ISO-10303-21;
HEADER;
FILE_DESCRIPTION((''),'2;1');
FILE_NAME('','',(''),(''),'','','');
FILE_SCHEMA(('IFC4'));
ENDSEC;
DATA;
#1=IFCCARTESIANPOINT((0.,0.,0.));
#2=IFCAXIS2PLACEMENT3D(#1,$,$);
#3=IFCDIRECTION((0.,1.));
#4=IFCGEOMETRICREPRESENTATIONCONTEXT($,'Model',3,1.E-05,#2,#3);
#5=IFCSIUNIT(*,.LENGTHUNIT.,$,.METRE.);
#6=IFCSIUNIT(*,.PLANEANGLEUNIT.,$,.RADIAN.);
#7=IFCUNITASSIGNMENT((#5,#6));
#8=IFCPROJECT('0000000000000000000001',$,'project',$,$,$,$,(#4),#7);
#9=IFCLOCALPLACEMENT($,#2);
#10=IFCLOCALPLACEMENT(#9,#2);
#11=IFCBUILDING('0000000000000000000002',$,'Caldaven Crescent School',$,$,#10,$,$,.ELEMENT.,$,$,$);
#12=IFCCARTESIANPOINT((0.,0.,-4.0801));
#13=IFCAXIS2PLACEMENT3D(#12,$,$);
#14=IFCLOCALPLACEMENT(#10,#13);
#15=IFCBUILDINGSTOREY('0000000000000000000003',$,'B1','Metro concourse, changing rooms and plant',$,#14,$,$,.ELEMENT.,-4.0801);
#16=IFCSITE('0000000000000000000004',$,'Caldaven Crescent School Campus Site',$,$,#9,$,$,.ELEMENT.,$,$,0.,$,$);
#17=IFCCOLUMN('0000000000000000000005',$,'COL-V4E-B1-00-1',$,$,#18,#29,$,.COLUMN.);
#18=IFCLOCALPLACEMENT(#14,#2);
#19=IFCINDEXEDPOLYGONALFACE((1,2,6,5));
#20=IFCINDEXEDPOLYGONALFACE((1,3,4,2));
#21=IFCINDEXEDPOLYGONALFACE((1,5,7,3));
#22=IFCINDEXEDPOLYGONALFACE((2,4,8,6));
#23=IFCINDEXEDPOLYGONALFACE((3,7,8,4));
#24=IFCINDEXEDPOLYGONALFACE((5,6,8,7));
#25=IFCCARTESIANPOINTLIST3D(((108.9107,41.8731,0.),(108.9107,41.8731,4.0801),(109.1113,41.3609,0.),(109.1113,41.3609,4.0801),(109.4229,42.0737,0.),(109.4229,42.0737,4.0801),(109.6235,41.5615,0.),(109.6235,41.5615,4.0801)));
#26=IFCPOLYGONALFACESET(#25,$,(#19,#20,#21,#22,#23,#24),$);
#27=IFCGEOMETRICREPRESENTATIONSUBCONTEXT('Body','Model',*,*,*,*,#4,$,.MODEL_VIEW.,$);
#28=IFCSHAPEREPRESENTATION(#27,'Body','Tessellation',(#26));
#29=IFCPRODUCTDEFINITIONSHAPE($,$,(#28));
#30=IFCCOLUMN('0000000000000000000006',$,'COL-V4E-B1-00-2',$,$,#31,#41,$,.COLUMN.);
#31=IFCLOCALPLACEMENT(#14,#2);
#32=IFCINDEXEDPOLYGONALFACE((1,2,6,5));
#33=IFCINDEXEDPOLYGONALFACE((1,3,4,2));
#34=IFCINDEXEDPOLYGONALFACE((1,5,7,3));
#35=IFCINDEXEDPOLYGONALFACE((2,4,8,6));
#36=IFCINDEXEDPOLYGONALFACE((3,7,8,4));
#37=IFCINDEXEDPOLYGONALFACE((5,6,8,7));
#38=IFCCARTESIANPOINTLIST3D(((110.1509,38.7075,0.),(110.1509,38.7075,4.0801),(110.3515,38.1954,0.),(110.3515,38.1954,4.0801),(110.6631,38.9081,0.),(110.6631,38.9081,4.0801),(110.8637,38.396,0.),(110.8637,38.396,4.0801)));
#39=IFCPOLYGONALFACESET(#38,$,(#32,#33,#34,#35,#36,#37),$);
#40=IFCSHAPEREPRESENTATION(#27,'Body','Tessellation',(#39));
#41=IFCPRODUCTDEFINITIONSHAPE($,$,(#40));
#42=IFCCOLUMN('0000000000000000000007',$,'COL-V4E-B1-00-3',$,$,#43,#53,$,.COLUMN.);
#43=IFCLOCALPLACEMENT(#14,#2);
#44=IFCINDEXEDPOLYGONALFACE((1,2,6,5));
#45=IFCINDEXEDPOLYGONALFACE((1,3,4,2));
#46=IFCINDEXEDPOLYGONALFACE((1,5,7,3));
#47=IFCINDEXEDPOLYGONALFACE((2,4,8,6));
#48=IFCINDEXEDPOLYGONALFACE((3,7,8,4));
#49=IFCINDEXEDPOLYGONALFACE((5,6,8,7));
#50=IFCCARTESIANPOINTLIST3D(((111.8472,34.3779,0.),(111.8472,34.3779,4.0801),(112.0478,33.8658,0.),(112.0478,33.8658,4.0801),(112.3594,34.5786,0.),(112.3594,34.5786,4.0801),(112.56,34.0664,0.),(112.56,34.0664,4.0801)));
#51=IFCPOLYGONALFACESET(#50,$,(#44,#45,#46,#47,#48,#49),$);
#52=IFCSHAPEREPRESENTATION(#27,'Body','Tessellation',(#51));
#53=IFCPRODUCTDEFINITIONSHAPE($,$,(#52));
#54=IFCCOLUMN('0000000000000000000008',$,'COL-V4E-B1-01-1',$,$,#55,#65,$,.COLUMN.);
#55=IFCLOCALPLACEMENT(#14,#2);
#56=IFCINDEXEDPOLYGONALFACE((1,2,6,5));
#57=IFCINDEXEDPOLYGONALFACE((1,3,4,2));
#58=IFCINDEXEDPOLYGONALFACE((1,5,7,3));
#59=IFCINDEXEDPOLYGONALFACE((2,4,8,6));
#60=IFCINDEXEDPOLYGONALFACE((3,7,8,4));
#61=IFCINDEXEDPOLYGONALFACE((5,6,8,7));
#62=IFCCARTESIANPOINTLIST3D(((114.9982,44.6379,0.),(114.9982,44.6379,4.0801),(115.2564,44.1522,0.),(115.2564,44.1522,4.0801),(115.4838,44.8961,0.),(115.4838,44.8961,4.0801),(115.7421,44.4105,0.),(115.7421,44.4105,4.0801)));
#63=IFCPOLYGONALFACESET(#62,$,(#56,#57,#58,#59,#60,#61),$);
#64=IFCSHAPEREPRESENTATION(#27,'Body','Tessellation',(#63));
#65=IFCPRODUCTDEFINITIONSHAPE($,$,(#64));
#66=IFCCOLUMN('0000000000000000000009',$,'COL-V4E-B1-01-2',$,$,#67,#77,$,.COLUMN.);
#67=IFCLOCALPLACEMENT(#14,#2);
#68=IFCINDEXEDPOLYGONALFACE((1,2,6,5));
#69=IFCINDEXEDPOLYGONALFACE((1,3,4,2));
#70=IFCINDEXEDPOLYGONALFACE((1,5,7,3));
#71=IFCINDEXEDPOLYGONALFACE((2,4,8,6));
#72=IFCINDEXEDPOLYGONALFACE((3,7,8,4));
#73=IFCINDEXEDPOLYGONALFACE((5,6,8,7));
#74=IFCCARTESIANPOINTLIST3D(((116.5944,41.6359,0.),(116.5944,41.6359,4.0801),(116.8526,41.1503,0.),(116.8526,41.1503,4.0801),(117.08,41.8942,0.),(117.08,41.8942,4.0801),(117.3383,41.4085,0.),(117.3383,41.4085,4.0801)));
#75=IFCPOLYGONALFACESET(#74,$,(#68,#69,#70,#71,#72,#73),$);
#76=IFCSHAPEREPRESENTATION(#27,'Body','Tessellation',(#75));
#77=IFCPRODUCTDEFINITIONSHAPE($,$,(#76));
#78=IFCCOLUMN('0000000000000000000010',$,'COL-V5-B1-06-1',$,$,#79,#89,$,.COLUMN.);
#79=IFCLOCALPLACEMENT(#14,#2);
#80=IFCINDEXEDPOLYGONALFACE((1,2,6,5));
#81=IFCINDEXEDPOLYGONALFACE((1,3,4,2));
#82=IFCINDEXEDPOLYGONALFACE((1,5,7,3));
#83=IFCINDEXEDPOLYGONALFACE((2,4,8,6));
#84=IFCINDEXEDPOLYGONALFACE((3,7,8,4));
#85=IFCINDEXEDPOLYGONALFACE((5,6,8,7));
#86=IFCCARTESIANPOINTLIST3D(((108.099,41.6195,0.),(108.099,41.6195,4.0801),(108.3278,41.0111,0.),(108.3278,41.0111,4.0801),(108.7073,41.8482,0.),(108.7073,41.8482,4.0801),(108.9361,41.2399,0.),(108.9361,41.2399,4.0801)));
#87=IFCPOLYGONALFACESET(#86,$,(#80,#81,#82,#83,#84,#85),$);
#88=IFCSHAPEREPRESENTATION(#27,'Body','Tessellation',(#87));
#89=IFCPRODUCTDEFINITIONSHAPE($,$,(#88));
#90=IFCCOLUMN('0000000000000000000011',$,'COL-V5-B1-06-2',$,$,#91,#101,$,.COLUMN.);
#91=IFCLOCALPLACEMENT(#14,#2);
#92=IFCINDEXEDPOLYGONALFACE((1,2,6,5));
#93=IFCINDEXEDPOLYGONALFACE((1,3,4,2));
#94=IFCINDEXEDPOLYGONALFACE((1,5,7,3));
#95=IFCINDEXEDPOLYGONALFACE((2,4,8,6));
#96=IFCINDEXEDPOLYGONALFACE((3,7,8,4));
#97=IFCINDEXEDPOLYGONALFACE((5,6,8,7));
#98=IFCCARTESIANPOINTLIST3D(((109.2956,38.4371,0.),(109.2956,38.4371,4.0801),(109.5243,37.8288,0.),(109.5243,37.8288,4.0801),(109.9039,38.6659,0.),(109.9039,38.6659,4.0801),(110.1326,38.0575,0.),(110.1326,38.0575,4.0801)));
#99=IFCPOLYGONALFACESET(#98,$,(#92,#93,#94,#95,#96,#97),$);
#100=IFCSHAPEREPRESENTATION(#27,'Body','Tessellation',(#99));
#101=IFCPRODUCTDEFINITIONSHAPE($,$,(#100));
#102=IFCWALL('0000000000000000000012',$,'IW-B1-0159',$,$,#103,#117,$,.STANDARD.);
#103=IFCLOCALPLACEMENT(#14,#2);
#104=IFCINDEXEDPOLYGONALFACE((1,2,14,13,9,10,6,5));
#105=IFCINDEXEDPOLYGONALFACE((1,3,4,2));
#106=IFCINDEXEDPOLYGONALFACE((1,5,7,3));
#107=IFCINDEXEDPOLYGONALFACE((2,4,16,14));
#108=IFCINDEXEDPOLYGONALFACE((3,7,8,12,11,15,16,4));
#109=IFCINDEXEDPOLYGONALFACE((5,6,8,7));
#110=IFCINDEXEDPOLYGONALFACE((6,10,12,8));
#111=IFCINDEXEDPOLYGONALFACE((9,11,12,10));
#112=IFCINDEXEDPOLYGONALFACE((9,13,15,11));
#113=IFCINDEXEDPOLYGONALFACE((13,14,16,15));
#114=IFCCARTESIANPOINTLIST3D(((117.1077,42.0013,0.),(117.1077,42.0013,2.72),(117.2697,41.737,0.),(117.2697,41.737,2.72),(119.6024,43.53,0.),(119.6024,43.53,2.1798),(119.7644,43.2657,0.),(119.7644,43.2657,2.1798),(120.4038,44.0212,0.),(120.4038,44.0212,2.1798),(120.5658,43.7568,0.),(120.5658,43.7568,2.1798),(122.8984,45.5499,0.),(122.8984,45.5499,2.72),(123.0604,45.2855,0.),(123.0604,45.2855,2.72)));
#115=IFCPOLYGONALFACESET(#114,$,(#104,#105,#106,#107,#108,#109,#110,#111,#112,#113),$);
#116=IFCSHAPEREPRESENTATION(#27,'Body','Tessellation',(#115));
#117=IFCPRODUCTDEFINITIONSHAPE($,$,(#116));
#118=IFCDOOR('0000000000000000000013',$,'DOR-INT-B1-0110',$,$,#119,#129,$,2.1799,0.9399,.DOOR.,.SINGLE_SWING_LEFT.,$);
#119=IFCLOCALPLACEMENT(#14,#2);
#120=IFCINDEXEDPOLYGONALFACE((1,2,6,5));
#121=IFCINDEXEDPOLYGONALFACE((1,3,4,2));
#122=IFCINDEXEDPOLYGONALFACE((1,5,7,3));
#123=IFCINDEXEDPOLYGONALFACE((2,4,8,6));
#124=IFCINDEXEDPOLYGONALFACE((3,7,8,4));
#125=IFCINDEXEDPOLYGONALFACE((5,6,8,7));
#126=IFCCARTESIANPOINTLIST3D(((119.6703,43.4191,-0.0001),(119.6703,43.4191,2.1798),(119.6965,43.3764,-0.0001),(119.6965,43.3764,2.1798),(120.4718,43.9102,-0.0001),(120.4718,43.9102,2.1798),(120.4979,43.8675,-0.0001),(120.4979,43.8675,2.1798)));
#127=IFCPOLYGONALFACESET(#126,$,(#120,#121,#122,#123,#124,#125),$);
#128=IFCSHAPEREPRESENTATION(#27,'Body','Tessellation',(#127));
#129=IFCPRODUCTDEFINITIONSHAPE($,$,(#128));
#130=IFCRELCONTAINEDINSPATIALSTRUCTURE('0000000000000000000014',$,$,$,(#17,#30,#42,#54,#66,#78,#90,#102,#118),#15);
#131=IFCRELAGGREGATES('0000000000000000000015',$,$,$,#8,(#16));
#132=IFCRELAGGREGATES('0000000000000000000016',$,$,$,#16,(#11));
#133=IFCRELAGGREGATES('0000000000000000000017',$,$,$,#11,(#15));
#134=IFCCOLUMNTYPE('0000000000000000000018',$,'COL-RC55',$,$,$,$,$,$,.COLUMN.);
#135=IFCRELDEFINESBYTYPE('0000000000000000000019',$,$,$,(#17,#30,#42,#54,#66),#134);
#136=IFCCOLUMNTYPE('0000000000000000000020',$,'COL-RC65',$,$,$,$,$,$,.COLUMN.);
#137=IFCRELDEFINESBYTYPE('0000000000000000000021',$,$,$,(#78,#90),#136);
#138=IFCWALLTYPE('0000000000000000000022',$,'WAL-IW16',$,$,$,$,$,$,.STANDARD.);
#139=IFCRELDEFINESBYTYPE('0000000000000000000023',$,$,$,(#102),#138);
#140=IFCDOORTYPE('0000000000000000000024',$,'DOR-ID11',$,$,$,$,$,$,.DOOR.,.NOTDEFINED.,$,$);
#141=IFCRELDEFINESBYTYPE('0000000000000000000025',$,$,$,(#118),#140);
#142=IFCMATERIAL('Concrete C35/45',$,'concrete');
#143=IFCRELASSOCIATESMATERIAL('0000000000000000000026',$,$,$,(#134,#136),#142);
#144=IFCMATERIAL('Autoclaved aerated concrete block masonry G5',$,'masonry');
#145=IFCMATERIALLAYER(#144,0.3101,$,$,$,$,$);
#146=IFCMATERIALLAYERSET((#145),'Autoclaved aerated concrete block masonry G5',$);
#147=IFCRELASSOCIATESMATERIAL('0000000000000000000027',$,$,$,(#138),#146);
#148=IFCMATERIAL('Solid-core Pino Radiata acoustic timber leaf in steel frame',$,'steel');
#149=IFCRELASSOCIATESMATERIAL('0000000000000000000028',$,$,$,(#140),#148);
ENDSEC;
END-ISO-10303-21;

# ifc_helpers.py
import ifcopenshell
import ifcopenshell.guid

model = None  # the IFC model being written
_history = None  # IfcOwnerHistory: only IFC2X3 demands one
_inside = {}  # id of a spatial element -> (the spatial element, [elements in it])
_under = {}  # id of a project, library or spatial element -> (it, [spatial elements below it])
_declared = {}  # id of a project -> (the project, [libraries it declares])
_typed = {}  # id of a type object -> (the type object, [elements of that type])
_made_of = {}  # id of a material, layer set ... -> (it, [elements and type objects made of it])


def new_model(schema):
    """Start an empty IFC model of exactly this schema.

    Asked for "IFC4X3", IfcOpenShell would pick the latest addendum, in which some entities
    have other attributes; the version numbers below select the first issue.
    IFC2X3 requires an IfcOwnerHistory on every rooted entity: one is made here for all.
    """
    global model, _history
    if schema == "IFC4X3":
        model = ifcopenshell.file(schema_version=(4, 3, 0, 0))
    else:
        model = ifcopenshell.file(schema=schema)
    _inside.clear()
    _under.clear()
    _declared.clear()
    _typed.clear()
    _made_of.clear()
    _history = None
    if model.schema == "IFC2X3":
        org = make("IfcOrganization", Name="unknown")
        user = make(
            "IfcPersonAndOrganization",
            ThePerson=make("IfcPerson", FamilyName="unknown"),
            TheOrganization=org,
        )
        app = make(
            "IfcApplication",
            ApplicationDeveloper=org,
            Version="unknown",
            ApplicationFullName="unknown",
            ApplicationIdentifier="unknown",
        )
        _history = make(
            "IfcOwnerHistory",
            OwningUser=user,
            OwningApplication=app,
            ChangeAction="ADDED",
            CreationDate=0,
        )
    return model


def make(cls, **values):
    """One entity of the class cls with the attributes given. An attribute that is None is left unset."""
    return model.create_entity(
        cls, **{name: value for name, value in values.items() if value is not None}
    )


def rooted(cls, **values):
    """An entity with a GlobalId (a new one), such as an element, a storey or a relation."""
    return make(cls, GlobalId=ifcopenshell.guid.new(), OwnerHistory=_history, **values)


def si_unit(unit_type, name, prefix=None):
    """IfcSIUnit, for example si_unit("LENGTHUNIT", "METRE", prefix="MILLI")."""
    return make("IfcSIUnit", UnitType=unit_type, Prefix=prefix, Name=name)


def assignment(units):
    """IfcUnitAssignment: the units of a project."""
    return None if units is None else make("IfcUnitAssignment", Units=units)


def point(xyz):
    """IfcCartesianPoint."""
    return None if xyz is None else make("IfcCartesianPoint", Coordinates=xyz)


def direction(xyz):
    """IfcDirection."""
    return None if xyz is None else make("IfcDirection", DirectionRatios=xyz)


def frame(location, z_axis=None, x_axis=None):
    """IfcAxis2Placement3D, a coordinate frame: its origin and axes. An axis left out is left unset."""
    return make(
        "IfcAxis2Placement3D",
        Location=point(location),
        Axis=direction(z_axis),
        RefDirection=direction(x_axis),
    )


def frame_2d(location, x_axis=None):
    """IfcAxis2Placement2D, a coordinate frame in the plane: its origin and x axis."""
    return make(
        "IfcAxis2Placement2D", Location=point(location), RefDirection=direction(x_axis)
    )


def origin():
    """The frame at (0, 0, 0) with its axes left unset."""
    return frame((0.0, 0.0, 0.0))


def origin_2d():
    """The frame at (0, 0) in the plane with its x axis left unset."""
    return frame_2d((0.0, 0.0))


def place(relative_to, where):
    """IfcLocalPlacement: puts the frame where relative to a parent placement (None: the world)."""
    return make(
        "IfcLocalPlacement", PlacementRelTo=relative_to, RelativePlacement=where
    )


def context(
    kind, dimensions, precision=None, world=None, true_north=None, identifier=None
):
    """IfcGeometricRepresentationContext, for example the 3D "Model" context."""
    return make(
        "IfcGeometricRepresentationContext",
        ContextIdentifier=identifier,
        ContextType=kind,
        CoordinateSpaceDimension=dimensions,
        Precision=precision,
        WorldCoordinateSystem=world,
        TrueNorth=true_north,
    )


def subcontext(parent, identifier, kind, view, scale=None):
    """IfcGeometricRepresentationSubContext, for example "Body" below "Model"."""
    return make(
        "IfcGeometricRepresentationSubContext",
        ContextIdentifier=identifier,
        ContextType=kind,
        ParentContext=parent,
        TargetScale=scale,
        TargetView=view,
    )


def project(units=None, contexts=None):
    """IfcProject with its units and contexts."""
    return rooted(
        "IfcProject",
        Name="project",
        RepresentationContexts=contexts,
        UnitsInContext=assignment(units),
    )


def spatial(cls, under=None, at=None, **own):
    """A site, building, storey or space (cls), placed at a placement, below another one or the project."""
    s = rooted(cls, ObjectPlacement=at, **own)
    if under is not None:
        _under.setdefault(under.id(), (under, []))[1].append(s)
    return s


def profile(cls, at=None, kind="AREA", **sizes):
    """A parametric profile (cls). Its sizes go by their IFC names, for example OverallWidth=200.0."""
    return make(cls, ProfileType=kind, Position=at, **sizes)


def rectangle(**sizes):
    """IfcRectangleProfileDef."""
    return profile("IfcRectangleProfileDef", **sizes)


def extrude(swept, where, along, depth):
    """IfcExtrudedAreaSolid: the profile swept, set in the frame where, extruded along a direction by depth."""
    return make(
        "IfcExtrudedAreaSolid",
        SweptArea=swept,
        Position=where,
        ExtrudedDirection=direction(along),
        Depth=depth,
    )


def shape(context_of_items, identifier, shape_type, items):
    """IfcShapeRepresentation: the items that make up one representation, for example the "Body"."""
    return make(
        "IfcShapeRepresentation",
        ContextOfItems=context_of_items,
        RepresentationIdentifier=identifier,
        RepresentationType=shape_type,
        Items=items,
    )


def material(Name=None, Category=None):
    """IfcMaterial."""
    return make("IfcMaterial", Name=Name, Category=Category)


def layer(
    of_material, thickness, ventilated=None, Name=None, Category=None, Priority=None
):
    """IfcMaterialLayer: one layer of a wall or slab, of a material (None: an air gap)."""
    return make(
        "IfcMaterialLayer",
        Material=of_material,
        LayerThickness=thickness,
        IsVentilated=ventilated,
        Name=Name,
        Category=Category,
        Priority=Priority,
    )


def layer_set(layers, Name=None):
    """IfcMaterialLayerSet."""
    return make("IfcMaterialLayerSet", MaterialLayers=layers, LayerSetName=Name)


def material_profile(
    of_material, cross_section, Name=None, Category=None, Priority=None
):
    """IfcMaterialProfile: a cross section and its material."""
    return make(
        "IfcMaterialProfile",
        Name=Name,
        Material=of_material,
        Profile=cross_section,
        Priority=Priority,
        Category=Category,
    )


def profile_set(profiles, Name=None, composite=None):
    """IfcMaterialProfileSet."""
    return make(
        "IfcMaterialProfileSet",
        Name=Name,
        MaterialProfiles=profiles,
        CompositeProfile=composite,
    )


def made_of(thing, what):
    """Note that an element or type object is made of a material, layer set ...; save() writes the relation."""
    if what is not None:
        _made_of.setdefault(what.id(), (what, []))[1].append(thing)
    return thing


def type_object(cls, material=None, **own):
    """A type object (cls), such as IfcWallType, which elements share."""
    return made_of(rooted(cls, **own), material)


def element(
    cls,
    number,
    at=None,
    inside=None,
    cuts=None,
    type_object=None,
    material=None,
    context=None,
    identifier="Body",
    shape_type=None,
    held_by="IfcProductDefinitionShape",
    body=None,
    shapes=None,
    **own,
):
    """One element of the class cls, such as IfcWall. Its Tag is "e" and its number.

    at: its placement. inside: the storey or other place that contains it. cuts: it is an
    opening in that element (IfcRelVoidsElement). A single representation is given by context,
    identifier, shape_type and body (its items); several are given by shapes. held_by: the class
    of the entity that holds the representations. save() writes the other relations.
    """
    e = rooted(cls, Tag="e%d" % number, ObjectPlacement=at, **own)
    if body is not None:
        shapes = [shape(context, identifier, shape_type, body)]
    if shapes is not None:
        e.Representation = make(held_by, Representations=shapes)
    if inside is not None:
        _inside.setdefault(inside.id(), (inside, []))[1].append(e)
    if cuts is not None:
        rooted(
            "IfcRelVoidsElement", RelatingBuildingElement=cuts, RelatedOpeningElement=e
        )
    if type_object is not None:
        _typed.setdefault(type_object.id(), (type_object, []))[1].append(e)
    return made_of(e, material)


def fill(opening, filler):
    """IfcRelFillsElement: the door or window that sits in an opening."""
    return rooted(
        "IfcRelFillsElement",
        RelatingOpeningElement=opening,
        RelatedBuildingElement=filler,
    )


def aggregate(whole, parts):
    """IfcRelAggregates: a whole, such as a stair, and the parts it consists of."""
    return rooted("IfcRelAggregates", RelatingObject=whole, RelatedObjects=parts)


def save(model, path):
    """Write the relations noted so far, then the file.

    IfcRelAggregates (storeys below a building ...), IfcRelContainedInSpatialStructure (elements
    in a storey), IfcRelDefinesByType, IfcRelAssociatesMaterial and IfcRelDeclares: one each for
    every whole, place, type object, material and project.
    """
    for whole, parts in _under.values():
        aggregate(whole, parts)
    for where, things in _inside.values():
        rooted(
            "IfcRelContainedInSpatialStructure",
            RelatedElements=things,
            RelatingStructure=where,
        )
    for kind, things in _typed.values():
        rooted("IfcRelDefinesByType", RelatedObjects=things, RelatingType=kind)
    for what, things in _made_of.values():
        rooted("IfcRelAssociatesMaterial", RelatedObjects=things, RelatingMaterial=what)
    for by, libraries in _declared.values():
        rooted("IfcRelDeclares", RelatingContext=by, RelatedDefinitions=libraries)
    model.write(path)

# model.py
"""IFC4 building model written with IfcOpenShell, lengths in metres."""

from ifc_helpers import new_model, si_unit, direction, frame, frame_2d, origin, origin_2d, place, context, subcontext, project, spatial, rectangle, extrude, material, layer, layer_set, material_profile, profile_set, type_object, element, fill, save


model = new_model("IFC4")

# Units and contexts
model_context = context("Model", 3, precision=1e-05, world=origin(), true_north=direction((0.0, 1.0)))
body_context = subcontext(model_context, "Body", "Model", "MODEL_VIEW")
ifc_project = project(units=[si_unit("LENGTHUNIT", "METRE"), si_unit("PLANEANGLEUNIT", "RADIAN")], contexts=[model_context])

# Site, building, storey
site_placement = place(None, origin())
site = spatial("IfcSite", under=ifc_project, at=site_placement, Name="Caldaven Crescent School Campus Site", CompositionType="ELEMENT", RefElevation=0.0)
building_placement = place(site_placement, origin())
building = spatial("IfcBuilding", under=site, at=building_placement, Name="Caldaven Crescent School", CompositionType="ELEMENT")
storey_placement = place(building_placement, frame((0.0, 0.0, -4.0801)))
storey = spatial("IfcBuildingStorey", under=building, at=storey_placement, Name="B1", Description="Metro concourse, changing rooms and plant", CompositionType="ELEMENT", Elevation=-4.0801)

# Shared definitions
ifc_material_1 = material(Name="Concrete C35/45", Category="concrete")

# Columns
ifc_material_profile_1 = material_profile(ifc_material_1, rectangle(XDim=0.55, YDim=0.55, at=origin_2d()), Name="RC 550x550")
ifc_profile_set_1 = profile_set([ifc_material_profile_1], Name="Concrete C35/45")
column_type_1 = type_object("IfcColumnType", Name="COL-RC55", PredefinedType="COLUMN", material=ifc_profile_set_1)
for number, where, z_axis, x_axis, name in (
    (1, (109.2671, 41.7173, 0.0), (0.0, 0.0, 1.0), (0.364714, -0.931119, 0.0), "COL-V4E-B1-00-1"),
    (2, (110.5073, 38.5518, 0.0), (0.0, 0.0, 1.0), (0.364714, -0.931119, 0.0), "COL-V4E-B1-00-2"),
    (3, (112.2036, 34.2222, 0.0), (0.0, 0.0, 1.0), (0.364714, -0.931119, 0.0), "COL-V4E-B1-00-3"),
    (4, (115.3701, 44.5242, 0.0), (0.0, 0.0, 1.0), (0.469472, -0.882948, 0.0), "COL-V4E-B1-01-1"),
    (5, (116.9663, 41.5222, 0.0), (0.0, 0.0, 1.0), (0.469472, -0.882948, 0.0), "COL-V4E-B1-01-2"),
):
    element("IfcColumn", number, at=place(storey_placement, frame(where, z_axis=z_axis, x_axis=x_axis)), inside=storey, type_object=column_type_1, Name=name, PredefinedType="COLUMN", context=body_context, shape_type="SweptSolid", body=[
        extrude(rectangle(XDim=0.55, YDim=0.55, at=origin_2d()), origin(), (0.0, 0.0, 1.0), 4.0801),
    ])
ifc_material_profile_2 = material_profile(ifc_material_1, rectangle(XDim=0.6499, YDim=0.6499, at=origin_2d()), Name="RC 650x650")
ifc_profile_set_2 = profile_set([ifc_material_profile_2], Name="Concrete C35/45")
column_type_2 = type_object("IfcColumnType", Name="COL-RC65", PredefinedType="COLUMN", material=ifc_profile_set_2)
for number, where, z_axis, x_axis, name in (
    (6, (108.5176, 41.4297, 0.0), (0.0, 0.0, 1.0), (0.352005, -0.935998, 0.0), "COL-V5-B1-06-1"),
    (7, (109.7141, 38.2473, 0.0), (0.0, 0.0, 1.0), (0.352005, -0.935998, 0.0), "COL-V5-B1-06-2"),
):
    element("IfcColumn", number, at=place(storey_placement, frame(where, z_axis=z_axis, x_axis=x_axis)), inside=storey, type_object=column_type_2, Name=name, PredefinedType="COLUMN", context=body_context, shape_type="SweptSolid", body=[
        extrude(rectangle(XDim=0.6499, YDim=0.6499, at=origin_2d()), origin(), (0.0, 0.0, 1.0), 4.0801),
    ])

# Wall, opening, door
ifc_material_2 = material(Name="Autoclaved aerated concrete block masonry G5", Category="masonry")
ifc_material_3 = material(Name="Solid-core Pino Radiata acoustic timber leaf in steel frame", Category="steel")
ifc_layer_1 = layer(ifc_material_2, 0.3101)
ifc_layer_set_1 = layer_set([ifc_layer_1], Name="Autoclaved aerated concrete block masonry G5")
wall_type_1 = type_object("IfcWallType", Name="WAL-IW16", PredefinedType="STANDARD", material=ifc_layer_set_1)
wall_1_placement = place(storey_placement, frame((117.1887, 41.8691, 0.0), z_axis=(0.0, 0.0, 1.0), x_axis=(0.852641, 0.522498, 0.0)))
wall_1 = element("IfcWall", 8, at=wall_1_placement, inside=storey, type_object=wall_type_1, Name="IW-B1-0159", PredefinedType="STANDARD", context=body_context, shape_type="SweptSolid", body=[
    extrude(rectangle(XDim=6.7915, YDim=0.3101, at=frame_2d((3.3958, 0.0))), origin(), (0.0, 0.0, 1.0), 2.72),
])
opening_1_placement = place(wall_1_placement, frame((2.9258, 0.0, 0.0)))
opening_1 = element("IfcOpeningElement", 9, at=opening_1_placement, cuts=wall_1, PredefinedType="OPENING", context=body_context, shape_type="SweptSolid", body=[
    extrude(rectangle(XDim=0.9399, YDim=2.1799, at=frame_2d((0.47, 1.0898))), frame((0.0, 0.165, 0.0), z_axis=(0.0, -1.0, 0.0), x_axis=(1.0, 0.0, 0.0)), (0.0, 0.0, 1.0), 0.3301),
])
door_type_1 = type_object("IfcDoorType", Name="DOR-ID11", OperationType="NOTDEFINED", PredefinedType="DOOR", material=ifc_material_3)
door_1_placement = place(opening_1_placement, origin())
door_1 = element("IfcDoor", 10, at=door_1_placement, inside=storey, type_object=door_type_1, Name="DOR-INT-B1-0110", OperationType="SINGLE_SWING_LEFT", OverallHeight=2.1799, OverallWidth=0.9399, PredefinedType="DOOR", context=body_context, shape_type="SweptSolid", body=[
    extrude(rectangle(XDim=0.9399, YDim=2.1799, at=frame_2d((0.47, 1.0898))), frame((0.0, 0.0249, 0.0), z_axis=(0.0, -1.0, 0.0), x_axis=(1.0, 0.0, 0.0)), (0.0, 0.0, 1.0), 0.05),
])
fill(opening_1, door_1)

save(model, "model.ifc")
